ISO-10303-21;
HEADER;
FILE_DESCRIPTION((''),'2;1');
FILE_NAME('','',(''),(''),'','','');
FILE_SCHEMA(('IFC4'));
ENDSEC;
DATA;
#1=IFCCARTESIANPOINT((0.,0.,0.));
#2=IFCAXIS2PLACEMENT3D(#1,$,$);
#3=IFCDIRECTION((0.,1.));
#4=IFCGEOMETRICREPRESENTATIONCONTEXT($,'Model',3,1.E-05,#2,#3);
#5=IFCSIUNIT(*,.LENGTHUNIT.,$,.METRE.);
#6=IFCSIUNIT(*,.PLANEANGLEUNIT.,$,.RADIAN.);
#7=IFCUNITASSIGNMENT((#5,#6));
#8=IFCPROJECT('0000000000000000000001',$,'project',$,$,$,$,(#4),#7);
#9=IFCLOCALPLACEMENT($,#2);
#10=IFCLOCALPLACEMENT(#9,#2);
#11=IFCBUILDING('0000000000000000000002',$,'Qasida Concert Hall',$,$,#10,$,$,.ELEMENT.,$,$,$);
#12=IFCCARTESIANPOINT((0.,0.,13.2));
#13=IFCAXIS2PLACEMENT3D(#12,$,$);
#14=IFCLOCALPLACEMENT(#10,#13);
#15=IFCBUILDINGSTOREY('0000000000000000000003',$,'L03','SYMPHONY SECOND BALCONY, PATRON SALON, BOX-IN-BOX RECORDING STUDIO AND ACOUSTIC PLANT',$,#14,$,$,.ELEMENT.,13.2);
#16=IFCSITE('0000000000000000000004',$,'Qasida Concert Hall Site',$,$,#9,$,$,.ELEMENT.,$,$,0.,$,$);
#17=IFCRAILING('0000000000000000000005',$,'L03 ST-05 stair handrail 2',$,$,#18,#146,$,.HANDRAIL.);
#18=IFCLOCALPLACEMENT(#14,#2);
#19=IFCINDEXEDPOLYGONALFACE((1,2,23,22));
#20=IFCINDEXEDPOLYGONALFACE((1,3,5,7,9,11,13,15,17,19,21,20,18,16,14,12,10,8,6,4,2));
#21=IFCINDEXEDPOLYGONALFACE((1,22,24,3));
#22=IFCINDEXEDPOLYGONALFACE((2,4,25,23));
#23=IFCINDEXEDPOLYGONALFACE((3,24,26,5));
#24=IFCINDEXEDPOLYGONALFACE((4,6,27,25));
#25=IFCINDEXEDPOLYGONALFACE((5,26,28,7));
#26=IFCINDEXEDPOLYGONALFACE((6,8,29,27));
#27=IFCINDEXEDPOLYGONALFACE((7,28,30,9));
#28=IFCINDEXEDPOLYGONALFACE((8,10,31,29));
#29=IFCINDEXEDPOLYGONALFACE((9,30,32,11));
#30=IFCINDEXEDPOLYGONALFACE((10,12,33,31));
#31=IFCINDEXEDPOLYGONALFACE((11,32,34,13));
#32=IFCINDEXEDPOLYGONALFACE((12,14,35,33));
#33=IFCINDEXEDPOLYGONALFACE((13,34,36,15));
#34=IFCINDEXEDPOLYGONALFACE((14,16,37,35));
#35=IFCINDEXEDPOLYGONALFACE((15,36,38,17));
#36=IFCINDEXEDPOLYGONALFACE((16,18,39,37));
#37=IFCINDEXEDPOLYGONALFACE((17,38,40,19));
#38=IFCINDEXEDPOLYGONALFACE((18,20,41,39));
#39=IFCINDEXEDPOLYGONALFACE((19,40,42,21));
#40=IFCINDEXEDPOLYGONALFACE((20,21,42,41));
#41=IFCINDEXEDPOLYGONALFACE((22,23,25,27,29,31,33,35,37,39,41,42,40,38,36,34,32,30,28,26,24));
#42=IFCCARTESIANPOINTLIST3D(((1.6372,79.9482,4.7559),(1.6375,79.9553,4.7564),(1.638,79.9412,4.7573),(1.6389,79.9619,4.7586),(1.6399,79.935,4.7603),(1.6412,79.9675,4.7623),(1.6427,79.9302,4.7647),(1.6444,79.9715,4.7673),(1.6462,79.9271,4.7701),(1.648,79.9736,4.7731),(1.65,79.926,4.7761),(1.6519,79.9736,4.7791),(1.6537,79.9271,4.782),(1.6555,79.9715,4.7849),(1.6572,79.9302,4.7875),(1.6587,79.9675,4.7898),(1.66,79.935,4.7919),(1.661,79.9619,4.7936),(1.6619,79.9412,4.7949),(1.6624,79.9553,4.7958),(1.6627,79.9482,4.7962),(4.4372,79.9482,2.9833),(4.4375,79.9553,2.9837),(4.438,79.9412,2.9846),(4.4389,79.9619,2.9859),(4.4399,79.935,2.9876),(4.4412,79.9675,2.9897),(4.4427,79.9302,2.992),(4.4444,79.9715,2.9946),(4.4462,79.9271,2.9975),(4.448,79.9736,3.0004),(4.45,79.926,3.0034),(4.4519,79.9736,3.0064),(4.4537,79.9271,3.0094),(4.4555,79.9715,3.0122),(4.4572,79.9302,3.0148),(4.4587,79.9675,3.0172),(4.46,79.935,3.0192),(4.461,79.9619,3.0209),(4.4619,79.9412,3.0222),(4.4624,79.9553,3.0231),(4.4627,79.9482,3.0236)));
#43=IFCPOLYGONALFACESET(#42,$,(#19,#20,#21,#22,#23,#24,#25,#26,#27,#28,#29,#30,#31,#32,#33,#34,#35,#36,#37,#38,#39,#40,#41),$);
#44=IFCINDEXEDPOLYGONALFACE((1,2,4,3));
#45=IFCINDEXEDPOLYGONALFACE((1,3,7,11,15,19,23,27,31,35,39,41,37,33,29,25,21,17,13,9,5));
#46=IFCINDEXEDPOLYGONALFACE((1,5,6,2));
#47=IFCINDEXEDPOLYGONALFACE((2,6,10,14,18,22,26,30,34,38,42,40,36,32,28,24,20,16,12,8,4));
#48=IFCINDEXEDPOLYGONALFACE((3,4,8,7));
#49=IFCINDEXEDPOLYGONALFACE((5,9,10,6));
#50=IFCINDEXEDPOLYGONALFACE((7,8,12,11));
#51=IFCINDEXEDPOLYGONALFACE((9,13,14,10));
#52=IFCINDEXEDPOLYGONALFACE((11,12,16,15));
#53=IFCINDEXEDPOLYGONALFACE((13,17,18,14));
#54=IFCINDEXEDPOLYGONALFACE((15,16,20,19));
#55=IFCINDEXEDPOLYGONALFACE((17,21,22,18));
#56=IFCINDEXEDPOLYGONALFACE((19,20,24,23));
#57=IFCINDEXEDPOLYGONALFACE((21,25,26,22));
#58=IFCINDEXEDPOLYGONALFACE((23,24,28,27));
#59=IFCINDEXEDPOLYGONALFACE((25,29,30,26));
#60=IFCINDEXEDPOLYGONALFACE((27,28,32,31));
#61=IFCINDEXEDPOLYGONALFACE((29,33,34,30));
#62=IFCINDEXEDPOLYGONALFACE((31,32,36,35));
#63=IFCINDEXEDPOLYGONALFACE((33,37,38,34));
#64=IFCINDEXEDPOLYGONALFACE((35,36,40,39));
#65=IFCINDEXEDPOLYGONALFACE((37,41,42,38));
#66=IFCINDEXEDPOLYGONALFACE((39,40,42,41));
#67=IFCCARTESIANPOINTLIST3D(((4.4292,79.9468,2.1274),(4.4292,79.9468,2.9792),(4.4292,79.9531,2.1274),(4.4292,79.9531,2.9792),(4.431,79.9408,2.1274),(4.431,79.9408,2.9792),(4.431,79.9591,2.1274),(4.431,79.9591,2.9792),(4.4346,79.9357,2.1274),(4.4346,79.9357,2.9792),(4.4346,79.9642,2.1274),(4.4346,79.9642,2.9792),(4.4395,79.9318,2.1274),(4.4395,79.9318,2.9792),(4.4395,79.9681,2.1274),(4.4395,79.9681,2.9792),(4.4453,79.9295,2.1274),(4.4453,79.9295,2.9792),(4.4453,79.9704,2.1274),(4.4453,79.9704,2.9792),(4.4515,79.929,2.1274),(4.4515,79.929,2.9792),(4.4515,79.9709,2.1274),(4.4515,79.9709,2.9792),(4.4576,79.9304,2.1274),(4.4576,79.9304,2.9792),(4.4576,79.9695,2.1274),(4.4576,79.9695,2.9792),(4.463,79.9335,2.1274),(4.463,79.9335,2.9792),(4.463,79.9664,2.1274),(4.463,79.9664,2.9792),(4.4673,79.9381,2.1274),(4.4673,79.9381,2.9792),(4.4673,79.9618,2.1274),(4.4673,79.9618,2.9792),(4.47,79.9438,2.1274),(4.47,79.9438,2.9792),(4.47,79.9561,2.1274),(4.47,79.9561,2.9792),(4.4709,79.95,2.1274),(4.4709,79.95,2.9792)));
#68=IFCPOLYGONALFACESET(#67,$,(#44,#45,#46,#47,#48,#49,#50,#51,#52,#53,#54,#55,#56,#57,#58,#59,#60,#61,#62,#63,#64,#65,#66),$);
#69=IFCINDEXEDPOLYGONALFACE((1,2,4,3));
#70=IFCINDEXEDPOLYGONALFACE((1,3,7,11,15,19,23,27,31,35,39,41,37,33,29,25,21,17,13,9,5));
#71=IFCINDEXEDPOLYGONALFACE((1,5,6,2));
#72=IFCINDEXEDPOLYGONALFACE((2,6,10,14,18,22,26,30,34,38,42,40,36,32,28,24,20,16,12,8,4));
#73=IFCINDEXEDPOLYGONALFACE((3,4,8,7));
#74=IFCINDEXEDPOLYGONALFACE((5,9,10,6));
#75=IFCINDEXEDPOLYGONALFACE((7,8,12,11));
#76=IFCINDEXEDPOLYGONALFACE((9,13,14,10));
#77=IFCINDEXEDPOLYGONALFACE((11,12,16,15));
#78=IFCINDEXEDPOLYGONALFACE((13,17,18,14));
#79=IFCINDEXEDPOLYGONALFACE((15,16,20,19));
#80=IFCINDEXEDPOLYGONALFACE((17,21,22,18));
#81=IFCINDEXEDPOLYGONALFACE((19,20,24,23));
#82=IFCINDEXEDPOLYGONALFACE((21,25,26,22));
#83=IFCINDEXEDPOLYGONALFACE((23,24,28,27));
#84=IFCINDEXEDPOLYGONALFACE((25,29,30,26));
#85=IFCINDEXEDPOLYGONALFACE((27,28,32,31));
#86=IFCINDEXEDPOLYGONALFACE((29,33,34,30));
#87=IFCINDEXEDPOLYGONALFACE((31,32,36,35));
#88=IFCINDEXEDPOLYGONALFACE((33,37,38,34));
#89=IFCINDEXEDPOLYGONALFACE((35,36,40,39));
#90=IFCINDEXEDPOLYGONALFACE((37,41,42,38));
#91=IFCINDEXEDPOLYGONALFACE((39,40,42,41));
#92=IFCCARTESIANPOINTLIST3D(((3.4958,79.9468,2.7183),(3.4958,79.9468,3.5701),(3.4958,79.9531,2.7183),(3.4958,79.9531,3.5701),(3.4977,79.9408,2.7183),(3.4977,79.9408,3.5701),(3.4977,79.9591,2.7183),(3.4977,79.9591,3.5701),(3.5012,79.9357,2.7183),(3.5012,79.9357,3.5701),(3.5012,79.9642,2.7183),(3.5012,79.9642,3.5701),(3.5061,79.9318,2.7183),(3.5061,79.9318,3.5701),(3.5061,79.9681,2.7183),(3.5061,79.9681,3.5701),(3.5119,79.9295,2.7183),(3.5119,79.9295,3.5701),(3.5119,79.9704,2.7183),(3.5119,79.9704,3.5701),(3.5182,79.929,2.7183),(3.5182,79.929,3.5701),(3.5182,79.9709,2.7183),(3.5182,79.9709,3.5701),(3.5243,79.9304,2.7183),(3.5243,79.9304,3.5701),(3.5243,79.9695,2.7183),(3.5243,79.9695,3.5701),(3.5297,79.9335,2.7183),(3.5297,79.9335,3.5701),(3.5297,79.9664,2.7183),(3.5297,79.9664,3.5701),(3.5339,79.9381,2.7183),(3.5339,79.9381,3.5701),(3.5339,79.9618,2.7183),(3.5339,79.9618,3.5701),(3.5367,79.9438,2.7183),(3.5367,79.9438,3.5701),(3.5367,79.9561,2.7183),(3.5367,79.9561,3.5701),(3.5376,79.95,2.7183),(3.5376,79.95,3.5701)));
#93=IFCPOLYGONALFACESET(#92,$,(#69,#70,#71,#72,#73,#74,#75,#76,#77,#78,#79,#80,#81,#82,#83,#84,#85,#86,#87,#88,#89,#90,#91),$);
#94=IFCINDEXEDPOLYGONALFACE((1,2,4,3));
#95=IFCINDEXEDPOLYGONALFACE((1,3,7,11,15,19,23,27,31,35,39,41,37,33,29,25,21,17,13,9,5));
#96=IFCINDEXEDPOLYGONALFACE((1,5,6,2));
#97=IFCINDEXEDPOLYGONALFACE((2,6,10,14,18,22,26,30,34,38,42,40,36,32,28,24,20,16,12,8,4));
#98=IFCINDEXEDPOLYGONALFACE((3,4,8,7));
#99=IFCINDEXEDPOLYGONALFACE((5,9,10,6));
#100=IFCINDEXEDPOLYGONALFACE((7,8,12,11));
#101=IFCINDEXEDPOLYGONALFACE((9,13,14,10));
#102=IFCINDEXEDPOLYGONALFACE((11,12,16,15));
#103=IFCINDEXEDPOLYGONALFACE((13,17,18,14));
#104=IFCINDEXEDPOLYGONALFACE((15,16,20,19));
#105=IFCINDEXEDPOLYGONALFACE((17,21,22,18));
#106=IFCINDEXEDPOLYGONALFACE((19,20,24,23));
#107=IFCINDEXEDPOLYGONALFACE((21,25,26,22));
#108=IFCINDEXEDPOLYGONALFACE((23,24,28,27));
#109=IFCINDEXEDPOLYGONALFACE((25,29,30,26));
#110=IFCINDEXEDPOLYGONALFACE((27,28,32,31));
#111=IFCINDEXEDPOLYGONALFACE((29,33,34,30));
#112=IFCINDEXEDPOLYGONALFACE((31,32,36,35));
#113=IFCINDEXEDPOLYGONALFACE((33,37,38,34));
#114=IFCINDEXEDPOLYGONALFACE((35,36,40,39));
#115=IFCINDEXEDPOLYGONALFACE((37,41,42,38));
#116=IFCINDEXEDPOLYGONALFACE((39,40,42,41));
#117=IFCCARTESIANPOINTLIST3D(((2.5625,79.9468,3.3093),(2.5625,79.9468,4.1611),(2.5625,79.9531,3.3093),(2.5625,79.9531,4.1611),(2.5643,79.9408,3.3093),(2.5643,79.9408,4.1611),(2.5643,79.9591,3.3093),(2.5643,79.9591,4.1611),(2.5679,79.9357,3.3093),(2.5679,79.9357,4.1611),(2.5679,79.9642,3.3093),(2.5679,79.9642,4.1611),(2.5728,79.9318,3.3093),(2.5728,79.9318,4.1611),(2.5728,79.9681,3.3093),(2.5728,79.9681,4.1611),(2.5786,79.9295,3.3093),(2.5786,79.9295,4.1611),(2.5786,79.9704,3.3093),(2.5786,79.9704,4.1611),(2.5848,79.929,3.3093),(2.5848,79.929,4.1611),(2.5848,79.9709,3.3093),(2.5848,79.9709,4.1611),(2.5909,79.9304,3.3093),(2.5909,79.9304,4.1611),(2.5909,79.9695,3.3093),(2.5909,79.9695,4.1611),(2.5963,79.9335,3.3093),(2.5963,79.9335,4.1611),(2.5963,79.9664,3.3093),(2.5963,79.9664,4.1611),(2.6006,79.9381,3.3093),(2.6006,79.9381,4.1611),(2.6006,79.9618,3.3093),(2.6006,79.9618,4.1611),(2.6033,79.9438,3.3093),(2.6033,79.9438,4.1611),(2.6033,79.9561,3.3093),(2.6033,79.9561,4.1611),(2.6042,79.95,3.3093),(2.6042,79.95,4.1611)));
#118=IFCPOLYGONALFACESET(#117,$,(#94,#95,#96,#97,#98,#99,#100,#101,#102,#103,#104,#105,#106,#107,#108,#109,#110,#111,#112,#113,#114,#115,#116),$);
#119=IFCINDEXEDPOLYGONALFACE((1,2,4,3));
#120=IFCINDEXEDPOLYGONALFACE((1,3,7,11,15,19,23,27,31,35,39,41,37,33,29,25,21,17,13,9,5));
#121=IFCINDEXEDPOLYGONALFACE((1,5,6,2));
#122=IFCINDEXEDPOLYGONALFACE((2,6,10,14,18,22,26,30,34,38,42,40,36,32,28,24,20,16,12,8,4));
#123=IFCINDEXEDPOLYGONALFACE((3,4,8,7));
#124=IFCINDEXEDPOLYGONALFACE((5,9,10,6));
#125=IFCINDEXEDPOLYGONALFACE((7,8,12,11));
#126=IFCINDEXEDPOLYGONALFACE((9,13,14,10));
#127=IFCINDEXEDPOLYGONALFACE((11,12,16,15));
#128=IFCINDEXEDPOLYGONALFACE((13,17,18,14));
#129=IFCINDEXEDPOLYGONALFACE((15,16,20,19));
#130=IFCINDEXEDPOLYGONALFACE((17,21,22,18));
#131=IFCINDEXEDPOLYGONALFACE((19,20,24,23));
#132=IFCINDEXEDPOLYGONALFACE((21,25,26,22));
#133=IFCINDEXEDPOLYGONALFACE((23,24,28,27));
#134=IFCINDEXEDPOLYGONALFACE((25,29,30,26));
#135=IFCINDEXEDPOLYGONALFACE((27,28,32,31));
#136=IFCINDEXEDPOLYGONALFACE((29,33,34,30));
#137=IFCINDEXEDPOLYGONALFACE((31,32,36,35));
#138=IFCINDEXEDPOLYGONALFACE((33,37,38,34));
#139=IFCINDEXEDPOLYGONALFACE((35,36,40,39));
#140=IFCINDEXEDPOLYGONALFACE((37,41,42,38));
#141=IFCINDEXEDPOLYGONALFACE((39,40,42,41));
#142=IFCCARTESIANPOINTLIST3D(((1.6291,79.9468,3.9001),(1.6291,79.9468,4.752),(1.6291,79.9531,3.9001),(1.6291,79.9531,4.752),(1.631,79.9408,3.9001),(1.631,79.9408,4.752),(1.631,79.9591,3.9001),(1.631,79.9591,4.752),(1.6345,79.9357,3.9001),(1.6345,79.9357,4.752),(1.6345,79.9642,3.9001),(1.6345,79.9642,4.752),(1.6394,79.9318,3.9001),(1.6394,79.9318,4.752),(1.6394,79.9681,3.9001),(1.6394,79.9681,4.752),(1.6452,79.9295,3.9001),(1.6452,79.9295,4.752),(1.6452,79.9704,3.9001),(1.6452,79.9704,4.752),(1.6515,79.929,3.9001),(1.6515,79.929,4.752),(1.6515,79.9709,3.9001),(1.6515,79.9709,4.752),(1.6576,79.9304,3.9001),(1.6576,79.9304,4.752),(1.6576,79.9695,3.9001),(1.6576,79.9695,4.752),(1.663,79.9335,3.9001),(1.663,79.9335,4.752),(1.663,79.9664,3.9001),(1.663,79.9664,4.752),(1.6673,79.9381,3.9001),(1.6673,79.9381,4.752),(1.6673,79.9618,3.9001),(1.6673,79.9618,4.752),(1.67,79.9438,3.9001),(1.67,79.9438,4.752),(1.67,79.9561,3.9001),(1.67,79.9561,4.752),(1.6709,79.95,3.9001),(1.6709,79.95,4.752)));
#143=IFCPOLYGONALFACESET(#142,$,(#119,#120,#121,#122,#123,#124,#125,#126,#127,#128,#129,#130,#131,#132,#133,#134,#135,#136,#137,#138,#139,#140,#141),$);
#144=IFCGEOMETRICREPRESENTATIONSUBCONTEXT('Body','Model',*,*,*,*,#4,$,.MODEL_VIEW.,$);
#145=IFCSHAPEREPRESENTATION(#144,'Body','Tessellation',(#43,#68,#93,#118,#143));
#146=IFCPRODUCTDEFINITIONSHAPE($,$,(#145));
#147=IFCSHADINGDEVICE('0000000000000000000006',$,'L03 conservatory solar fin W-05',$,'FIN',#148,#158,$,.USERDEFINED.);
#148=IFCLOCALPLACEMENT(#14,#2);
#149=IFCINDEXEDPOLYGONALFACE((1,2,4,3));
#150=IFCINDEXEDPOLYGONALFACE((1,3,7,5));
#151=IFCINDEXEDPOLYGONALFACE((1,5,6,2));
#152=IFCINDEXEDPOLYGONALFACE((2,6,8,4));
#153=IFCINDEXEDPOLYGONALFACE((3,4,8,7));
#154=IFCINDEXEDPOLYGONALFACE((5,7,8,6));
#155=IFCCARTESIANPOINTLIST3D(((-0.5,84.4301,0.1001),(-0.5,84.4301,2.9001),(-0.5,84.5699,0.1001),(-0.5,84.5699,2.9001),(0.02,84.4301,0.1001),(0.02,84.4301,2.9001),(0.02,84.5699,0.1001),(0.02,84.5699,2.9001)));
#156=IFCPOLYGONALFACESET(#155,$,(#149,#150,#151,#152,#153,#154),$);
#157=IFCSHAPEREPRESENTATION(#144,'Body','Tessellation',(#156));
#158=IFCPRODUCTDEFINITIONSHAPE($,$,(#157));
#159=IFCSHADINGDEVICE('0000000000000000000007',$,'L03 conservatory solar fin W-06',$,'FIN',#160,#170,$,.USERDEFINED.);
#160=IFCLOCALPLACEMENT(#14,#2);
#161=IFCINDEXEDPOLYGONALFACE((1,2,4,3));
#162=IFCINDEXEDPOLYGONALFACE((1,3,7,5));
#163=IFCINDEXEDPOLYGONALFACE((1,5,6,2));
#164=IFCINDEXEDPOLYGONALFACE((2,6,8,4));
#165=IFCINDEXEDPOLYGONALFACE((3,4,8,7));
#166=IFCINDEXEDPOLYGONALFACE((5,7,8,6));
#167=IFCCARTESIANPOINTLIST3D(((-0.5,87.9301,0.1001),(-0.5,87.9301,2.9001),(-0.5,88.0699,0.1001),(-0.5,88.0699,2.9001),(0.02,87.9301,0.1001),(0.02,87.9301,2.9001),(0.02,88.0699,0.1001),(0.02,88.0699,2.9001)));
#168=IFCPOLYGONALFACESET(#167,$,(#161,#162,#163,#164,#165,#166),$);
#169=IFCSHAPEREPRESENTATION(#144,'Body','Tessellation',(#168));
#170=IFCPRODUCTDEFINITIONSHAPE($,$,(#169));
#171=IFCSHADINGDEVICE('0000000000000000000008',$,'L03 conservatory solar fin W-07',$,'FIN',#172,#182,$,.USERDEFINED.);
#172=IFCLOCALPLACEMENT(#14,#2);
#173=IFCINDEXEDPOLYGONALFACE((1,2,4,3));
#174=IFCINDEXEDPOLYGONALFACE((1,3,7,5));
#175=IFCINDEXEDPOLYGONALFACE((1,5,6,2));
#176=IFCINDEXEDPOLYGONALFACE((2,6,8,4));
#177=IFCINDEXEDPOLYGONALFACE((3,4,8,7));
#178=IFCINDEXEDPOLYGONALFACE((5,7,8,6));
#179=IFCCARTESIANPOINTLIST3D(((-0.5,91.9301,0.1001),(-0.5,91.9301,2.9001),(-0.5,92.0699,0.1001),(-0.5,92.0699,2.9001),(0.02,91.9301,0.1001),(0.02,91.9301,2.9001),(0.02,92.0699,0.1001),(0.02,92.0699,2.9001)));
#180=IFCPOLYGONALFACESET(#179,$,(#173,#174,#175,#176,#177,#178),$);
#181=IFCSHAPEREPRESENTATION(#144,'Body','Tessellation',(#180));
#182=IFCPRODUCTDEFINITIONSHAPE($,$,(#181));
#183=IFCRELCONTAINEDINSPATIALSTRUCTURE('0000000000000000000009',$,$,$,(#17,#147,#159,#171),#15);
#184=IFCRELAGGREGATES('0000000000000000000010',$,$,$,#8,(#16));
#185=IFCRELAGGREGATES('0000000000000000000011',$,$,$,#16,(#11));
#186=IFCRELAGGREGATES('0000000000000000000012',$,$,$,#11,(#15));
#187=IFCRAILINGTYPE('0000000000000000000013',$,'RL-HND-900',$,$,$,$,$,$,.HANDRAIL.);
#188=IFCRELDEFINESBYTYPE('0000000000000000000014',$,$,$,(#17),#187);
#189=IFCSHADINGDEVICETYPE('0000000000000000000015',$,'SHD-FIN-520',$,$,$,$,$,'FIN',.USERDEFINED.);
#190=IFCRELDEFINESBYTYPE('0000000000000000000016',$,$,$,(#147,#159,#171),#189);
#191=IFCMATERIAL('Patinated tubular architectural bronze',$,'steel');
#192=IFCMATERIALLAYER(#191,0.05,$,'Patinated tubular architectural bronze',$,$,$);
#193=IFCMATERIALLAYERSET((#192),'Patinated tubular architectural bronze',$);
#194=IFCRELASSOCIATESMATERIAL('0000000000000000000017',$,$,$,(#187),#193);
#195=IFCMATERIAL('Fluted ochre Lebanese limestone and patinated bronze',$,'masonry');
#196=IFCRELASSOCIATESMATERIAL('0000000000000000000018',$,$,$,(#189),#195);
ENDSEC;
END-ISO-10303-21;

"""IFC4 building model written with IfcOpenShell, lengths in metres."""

from ifc_helpers import new_model, si_unit, direction, frame, origin, origin_2d, place, context, subcontext, project, spatial, rectangle, circle, extrude, material, layer, layer_set, type_object, element, save


model = new_model("IFC4")

# Units and contexts
model_context = context("Model", 3, precision=1e-05, world=origin(), true_north=direction((0.0, 1.0)))
body_context = subcontext(model_context, "Body", "Model", "MODEL_VIEW")
ifc_project = project(units=[si_unit("LENGTHUNIT", "METRE"), si_unit("PLANEANGLEUNIT", "RADIAN")], contexts=[model_context])

# Site, building, storey
site_placement = place(None, origin())
site = spatial("IfcSite", under=ifc_project, at=site_placement, Name="Qasida Concert Hall Site", CompositionType="ELEMENT", RefElevation=0.0)
building_placement = place(site_placement, origin())
building = spatial("IfcBuilding", under=site, at=building_placement, Name="Qasida Concert Hall", CompositionType="ELEMENT")
storey_placement = place(building_placement, frame((0.0, 0.0, 13.2)))
storey = spatial("IfcBuildingStorey", under=building, at=storey_placement, Name="L03", Description="SYMPHONY SECOND BALCONY, PATRON SALON, BOX-IN-BOX RECORDING STUDIO AND ACOUSTIC PLANT", CompositionType="ELEMENT", Elevation=13.2)

# Railing
ifc_material_1 = material(Name="Patinated tubular architectural bronze", Category="steel")
ifc_layer_1 = layer(ifc_material_1, 0.05, Name="Patinated tubular architectural bronze")
ifc_layer_set_1 = layer_set([ifc_layer_1], Name="Patinated tubular architectural bronze")
railing_type_1 = type_object("IfcRailingType", Name="RL-HND-900", PredefinedType="HANDRAIL", material=ifc_layer_set_1)
railing_1_placement = place(storey_placement, frame((4.45, 79.95, 2.1274)))
element("IfcRailing", 1, at=railing_1_placement, inside=storey, type_object=railing_type_1, Name="L03 ST-05 stair handrail 2", PredefinedType="HANDRAIL", context=body_context, shape_type="SweptSolid", body=[
    extrude(circle(Radius=0.0239, at=origin_2d()), frame((0.0, 0.0, 0.876), z_axis=(-0.844909, 0.0, 0.53491), x_axis=(0.0, -1.0, 0.0)), (0.0, 0.0, 1.0), 3.314),
    extrude(circle(Radius=0.021, at=origin_2d()), origin(), (0.0, 0.0, 1.0), 0.8518),
    extrude(circle(Radius=0.021, at=origin_2d()), frame((-0.9333, 0.0, 0.5908)), (0.0, 0.0, 1.0), 0.8518),
    extrude(circle(Radius=0.021, at=origin_2d()), frame((-1.8667, 0.0, 1.1819)), (0.0, 0.0, 1.0), 0.8518),
    extrude(circle(Radius=0.021, at=origin_2d()), frame((-2.8, 0.0, 1.7727)), (0.0, 0.0, 1.0), 0.8518),
])

# Shading devices
ifc_material_2 = material(Name="Fluted ochre Lebanese limestone and patinated bronze", Category="masonry")
shading_device_type = type_object("IfcShadingDeviceType", Name="SHD-FIN-520", ElementType="FIN", PredefinedType="USERDEFINED", material=ifc_material_2)
for number, where, z_axis, x_axis, name in (
    (2, (-0.24, 84.5, 0.1001), (0.0, 0.0, 1.0), (1.0, 0.0, 0.0), "L03 conservatory solar fin W-05"),
    (3, (-0.24, 88.0, 0.1001), (0.0, 0.0, 1.0), (1.0, 0.0, 0.0), "L03 conservatory solar fin W-06"),
    (4, (-0.24, 92.0, 0.1001), (0.0, 0.0, 1.0), (1.0, 0.0, 0.0), "L03 conservatory solar fin W-07"),
):
    element("IfcShadingDevice", number, at=place(storey_placement, frame(where, z_axis=z_axis, x_axis=x_axis)), inside=storey, type_object=shading_device_type, Name=name, ObjectType="FIN", PredefinedType="USERDEFINED", context=body_context, shape_type="SweptSolid", body=[
        extrude(rectangle(XDim=0.52, YDim=0.1399, at=origin_2d()), origin(), (0.0, 0.0, 1.0), 2.8),
    ])

save(model, "model.ifc")
